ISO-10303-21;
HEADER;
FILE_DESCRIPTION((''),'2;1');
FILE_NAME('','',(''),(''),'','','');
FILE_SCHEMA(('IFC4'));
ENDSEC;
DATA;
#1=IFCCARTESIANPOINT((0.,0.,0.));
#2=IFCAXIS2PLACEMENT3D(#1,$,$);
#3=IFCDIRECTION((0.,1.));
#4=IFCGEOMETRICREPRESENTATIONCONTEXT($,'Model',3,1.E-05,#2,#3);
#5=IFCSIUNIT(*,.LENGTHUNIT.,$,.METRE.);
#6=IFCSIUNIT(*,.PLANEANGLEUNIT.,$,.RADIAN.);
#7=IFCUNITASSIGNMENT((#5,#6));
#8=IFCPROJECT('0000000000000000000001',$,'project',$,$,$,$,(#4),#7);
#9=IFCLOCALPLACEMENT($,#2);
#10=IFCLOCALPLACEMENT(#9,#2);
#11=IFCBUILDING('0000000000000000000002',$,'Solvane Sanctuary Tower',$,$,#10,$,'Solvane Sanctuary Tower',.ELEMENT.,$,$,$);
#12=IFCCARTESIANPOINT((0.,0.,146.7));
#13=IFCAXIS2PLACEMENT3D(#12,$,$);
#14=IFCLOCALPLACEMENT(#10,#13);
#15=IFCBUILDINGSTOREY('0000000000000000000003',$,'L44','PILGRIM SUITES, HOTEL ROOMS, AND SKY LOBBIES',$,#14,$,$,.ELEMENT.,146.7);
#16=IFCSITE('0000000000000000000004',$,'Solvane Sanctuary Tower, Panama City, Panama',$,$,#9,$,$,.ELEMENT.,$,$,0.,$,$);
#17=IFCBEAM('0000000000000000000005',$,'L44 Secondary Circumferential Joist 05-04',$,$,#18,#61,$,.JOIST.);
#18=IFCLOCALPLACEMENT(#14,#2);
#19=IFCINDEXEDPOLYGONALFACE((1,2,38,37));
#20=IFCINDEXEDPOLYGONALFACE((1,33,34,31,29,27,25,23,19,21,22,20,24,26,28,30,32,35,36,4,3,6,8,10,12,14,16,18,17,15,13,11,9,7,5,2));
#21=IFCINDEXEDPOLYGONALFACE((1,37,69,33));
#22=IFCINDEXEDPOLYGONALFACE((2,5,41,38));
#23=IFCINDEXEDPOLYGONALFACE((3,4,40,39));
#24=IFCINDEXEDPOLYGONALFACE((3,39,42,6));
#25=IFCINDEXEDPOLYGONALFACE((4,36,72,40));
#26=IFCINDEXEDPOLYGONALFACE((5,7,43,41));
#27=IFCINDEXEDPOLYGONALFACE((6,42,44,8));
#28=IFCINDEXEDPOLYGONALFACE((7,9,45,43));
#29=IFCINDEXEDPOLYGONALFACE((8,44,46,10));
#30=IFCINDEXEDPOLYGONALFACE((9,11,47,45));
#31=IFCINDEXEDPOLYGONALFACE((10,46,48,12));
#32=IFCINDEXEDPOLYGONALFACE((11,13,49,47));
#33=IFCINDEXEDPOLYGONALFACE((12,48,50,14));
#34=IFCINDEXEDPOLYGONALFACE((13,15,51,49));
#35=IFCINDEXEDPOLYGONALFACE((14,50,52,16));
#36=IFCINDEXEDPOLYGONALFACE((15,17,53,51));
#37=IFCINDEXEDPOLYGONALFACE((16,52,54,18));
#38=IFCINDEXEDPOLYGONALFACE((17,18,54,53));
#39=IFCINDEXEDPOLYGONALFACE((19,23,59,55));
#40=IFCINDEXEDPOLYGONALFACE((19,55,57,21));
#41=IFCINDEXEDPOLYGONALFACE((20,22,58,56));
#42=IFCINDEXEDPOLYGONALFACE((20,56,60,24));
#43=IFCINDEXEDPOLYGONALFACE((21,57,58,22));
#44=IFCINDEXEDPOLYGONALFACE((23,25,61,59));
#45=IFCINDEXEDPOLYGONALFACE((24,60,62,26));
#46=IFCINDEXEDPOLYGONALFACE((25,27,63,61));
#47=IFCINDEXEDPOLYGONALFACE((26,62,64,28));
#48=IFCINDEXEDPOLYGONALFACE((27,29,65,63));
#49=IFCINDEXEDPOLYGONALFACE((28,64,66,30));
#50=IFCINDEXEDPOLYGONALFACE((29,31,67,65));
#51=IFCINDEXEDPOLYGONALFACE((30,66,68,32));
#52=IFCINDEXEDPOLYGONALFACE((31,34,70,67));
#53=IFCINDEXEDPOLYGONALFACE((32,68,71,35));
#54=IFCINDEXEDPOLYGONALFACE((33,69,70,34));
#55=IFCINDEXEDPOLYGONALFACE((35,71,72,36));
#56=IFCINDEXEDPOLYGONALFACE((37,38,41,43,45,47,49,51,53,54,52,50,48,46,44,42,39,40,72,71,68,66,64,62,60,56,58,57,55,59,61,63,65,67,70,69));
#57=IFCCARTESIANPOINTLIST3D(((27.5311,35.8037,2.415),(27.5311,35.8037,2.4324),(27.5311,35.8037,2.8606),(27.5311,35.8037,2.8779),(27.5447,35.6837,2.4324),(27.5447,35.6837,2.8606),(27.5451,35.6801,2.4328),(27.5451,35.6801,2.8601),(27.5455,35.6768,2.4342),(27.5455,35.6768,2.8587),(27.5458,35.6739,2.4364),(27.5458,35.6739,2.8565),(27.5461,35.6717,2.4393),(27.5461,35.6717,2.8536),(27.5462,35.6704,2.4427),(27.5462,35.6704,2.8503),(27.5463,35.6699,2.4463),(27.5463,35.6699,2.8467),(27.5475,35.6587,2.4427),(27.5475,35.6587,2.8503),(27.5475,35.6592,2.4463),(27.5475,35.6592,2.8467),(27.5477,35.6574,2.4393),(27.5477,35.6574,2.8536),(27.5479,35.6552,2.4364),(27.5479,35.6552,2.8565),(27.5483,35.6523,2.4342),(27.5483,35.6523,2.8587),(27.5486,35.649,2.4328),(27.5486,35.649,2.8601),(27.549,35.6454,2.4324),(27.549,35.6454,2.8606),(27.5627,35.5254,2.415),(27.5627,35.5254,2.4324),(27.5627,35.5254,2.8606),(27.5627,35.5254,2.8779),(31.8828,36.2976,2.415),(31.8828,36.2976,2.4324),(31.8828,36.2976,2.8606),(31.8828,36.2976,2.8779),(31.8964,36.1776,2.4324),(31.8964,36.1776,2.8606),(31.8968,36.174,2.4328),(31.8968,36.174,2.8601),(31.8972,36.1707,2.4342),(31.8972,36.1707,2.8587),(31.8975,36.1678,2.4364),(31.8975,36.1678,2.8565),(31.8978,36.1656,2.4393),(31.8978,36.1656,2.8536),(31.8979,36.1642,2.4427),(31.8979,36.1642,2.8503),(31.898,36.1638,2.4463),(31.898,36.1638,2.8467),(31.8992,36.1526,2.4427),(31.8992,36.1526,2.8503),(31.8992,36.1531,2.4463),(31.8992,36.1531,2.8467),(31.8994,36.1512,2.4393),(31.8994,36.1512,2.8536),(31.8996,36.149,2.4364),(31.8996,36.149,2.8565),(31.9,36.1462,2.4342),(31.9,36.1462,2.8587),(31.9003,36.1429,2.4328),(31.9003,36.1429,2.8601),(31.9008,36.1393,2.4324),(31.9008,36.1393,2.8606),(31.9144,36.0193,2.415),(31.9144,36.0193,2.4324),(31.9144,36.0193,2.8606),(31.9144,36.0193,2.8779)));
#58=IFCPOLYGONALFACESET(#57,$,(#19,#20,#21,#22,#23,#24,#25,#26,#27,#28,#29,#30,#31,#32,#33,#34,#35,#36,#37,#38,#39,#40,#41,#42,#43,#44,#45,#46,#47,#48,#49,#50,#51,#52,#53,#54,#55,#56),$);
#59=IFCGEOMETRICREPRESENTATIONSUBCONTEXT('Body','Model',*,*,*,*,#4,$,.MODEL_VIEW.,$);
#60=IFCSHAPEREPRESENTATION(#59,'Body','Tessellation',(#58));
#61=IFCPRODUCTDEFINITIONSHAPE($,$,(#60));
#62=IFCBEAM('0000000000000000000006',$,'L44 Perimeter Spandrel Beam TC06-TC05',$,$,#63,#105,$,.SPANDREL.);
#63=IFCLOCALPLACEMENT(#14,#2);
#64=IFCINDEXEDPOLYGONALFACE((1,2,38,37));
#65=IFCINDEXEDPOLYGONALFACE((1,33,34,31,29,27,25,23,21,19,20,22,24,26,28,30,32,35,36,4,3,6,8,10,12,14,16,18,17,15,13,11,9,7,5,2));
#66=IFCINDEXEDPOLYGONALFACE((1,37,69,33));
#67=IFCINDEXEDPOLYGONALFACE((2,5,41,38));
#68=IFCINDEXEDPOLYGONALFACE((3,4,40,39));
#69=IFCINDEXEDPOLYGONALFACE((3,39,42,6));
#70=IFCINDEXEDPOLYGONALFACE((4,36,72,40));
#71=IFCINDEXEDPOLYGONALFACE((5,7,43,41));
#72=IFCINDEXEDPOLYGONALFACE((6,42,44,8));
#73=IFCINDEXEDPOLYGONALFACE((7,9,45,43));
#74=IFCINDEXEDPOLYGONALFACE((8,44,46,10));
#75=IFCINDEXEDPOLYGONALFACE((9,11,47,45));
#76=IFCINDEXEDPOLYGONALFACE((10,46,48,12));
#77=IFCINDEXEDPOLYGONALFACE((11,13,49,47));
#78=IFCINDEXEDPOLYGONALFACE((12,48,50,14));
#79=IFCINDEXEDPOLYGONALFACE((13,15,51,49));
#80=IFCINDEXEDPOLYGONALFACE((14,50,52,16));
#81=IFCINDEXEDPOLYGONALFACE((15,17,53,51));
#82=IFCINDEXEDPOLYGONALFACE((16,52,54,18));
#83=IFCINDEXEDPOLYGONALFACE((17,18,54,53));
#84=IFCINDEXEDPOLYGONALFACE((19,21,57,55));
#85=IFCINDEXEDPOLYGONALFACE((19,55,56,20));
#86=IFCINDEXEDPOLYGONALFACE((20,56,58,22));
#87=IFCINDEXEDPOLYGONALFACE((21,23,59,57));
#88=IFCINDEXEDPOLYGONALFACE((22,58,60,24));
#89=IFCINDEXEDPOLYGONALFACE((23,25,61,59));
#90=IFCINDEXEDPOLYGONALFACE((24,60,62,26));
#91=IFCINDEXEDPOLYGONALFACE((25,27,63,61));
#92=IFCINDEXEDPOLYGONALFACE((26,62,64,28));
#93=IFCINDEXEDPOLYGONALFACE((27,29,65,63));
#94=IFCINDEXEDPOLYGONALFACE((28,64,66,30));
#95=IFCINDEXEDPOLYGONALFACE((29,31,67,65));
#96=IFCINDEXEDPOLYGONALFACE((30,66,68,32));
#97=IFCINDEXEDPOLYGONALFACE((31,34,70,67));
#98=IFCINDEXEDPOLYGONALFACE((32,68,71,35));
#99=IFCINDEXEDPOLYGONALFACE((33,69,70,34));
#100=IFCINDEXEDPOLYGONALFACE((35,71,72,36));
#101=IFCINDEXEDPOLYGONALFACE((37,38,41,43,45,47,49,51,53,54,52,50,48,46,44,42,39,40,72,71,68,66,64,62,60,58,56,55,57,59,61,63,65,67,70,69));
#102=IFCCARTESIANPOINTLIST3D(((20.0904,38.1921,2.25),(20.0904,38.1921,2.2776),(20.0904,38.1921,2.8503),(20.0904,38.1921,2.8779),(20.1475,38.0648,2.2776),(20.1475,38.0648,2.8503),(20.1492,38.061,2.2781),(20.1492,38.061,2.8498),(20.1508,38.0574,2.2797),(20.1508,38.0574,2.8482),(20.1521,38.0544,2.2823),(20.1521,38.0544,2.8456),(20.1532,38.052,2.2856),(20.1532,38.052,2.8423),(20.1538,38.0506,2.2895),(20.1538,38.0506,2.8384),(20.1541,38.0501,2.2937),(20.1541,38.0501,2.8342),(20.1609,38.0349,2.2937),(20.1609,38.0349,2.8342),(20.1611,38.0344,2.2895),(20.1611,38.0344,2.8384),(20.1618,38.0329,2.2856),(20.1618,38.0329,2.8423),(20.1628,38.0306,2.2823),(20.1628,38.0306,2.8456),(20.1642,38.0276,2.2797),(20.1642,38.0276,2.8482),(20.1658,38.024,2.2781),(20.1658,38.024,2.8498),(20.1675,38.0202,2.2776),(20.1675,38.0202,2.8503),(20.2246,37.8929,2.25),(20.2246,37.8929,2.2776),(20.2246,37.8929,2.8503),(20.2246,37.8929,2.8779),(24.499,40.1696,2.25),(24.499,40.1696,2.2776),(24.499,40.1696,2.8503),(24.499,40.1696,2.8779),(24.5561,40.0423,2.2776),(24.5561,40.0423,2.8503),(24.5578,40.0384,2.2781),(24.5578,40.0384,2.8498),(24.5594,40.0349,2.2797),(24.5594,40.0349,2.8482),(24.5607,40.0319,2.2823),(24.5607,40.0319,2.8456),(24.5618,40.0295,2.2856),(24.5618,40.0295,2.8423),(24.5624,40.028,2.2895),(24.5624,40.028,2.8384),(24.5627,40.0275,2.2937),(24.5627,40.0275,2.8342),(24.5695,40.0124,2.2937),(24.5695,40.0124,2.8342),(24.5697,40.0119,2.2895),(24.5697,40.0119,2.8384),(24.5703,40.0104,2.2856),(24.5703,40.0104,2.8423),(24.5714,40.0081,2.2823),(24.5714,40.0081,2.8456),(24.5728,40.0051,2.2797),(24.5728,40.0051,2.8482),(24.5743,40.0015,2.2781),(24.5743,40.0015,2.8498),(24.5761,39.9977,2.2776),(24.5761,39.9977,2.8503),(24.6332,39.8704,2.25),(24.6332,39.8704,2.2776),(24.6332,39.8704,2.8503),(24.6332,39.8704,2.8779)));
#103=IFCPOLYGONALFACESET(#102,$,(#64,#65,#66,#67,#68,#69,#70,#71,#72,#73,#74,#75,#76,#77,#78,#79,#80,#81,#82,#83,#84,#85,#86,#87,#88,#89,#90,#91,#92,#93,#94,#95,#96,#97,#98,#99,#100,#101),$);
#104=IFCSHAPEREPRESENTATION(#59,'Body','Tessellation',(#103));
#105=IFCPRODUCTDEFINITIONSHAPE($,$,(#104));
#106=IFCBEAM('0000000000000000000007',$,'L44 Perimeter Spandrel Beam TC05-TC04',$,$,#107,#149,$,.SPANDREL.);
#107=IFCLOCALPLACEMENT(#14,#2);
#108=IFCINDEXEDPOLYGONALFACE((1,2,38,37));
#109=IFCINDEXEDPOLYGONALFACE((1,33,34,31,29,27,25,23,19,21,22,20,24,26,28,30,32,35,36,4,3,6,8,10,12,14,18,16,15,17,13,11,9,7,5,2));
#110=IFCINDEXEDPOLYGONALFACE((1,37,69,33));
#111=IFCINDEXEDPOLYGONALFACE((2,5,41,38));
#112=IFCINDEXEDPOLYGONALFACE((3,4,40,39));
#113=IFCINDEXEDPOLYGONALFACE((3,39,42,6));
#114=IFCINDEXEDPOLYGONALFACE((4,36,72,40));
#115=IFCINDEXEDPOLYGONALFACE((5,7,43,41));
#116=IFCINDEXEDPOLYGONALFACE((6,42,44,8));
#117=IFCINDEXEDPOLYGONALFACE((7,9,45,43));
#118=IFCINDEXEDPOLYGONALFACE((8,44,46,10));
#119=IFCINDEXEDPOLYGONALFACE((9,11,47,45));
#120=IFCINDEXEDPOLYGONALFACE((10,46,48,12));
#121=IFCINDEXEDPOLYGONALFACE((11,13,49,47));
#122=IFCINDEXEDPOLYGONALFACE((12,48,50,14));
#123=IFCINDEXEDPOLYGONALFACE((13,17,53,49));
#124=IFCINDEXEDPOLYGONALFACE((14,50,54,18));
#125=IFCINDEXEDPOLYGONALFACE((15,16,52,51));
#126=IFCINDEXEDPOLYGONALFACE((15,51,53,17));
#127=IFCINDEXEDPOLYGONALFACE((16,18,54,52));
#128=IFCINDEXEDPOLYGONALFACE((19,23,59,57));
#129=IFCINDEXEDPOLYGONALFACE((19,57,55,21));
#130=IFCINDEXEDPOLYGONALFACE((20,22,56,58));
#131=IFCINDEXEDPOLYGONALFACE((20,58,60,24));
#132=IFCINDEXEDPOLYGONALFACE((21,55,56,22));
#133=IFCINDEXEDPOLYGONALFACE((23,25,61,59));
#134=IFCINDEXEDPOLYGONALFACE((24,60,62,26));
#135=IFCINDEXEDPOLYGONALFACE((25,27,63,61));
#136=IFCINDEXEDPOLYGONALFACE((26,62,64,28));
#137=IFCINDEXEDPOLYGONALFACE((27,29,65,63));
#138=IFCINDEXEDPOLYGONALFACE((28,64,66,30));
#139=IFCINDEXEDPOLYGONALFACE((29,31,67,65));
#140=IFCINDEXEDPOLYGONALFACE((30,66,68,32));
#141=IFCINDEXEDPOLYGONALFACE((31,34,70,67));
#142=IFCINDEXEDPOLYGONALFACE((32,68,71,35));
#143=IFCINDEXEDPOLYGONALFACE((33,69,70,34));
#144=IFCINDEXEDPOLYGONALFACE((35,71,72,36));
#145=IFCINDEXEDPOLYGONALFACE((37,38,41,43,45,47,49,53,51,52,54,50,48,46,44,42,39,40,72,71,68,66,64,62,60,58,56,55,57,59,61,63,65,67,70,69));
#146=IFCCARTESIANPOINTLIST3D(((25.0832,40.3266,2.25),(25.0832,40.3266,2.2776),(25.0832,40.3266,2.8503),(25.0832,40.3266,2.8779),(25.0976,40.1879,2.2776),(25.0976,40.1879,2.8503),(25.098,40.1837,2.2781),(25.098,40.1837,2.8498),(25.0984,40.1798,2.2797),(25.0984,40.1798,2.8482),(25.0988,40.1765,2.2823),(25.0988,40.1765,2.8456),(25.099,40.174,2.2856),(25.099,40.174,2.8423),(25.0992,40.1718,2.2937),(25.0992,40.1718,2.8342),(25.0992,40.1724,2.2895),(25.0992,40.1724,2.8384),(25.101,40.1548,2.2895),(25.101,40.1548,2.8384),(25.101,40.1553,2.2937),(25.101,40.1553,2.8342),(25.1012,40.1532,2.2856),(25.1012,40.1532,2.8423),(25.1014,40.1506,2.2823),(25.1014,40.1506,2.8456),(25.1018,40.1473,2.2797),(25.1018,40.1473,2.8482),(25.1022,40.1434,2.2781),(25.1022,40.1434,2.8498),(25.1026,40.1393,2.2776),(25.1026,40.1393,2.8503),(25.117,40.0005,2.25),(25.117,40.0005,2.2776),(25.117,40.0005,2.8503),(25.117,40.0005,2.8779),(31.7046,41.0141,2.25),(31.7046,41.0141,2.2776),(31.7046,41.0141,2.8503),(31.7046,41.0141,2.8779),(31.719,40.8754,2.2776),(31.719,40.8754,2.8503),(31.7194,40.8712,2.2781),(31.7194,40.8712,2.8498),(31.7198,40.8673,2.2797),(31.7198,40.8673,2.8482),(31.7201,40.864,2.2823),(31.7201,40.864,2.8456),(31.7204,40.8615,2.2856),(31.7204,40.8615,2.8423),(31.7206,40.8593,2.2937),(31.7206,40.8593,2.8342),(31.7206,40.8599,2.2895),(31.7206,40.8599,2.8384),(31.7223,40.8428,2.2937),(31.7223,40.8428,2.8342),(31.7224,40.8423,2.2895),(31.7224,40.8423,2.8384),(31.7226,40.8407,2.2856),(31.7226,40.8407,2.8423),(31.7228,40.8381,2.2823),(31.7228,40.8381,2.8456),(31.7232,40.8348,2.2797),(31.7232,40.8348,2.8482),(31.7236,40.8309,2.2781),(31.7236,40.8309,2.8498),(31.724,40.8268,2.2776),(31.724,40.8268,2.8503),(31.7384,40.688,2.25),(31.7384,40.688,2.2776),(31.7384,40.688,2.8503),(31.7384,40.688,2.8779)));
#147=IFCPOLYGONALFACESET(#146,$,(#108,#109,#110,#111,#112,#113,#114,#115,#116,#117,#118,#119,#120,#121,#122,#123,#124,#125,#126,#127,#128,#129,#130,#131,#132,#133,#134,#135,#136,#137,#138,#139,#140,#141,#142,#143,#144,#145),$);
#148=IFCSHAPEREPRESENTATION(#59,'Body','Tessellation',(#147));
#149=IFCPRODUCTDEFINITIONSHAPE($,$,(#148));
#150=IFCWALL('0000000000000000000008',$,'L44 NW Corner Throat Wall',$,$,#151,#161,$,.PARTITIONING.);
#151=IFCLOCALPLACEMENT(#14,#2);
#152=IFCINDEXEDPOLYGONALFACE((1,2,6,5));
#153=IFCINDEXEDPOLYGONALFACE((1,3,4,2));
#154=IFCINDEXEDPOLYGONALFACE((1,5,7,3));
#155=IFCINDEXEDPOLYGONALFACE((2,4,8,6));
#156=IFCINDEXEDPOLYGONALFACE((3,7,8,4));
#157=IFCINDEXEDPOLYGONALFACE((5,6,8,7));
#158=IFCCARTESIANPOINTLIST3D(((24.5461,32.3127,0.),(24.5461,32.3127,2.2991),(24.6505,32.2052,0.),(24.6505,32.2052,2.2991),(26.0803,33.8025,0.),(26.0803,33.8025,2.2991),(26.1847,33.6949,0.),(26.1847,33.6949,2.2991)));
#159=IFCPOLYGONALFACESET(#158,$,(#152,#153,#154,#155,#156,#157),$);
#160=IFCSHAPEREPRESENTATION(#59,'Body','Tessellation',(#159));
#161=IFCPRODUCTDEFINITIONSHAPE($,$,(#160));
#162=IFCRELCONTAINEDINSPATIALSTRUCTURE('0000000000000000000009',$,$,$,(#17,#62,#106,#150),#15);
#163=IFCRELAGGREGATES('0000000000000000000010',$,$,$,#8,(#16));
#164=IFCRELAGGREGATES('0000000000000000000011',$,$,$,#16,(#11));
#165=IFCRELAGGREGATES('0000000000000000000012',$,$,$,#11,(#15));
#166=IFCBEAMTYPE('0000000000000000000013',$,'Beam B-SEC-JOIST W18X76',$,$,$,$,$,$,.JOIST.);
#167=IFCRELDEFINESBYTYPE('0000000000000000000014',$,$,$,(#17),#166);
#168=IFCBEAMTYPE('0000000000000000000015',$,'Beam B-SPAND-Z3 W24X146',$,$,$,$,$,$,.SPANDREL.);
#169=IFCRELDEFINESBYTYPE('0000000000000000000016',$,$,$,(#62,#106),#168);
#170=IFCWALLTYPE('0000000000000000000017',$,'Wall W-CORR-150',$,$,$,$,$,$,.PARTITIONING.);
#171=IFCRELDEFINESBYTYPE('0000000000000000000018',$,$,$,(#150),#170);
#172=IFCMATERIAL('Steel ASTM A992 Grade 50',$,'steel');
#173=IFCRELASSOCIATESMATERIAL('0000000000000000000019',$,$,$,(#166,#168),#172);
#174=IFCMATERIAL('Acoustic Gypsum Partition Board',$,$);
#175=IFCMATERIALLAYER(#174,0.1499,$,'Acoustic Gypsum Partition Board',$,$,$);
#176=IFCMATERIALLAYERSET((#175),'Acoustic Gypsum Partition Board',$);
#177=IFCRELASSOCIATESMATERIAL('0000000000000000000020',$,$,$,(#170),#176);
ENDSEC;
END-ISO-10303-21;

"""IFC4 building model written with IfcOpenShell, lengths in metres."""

from ifc_helpers import new_model, si_unit, direction, frame, frame_2d, origin, origin_2d, place, context, subcontext, project, spatial, rectangle, i_section, extrude, material, layer, layer_set, material_profile, profile_set, type_object, element, save


model = new_model("IFC4")

# Units and contexts
model_context = context("Model", 3, precision=1e-05, world=origin(), true_north=direction((0.0, 1.0)))
body_context = subcontext(model_context, "Body", "Model", "MODEL_VIEW")
ifc_project = project(units=[si_unit("LENGTHUNIT", "METRE"), si_unit("PLANEANGLEUNIT", "RADIAN")], contexts=[model_context])

# Site, building, storey
site_placement = place(None, origin())
site = spatial("IfcSite", under=ifc_project, at=site_placement, Name="Solvane Sanctuary Tower, Panama City, Panama", CompositionType="ELEMENT", RefElevation=0.0)
building_placement = place(site_placement, origin())
building = spatial("IfcBuilding", under=site, at=building_placement, Name="Solvane Sanctuary Tower", LongName="Solvane Sanctuary Tower", CompositionType="ELEMENT")
storey_placement = place(building_placement, frame((0.0, 0.0, 146.7)))
storey = spatial("IfcBuildingStorey", under=building, at=storey_placement, Name="L44", Description="PILGRIM SUITES, HOTEL ROOMS, AND SKY LOBBIES", CompositionType="ELEMENT", Elevation=146.7)

# Beams
ifc_material_1 = material(Name="Steel ASTM A992 Grade 50", Category="steel")
ifc_material_profile_1 = material_profile(ifc_material_1, i_section(OverallWidth=0.28, OverallDepth=0.4629, WebThickness=0.0107, FlangeThickness=0.0173, FilletRadius=0.0139, at=origin_2d()), Name="W18X76")
ifc_profile_set_1 = profile_set([ifc_material_profile_1], Name="Steel ASTM A992 Grade 50")
beam_type_1 = type_object("IfcBeamType", Name="Beam B-SEC-JOIST W18X76", PredefinedType="JOIST", material=ifc_profile_set_1)
beam_1_placement = place(storey_placement, frame((27.5469, 35.6646, 2.6465), z_axis=(0.993621, 0.112768, 0.0), x_axis=(-0.112768, 0.993621, 0.0)))
element("IfcBeam", 1, at=beam_1_placement, inside=storey, type_object=beam_type_1, Name="L44 Secondary Circumferential Joist 05-04", PredefinedType="JOIST", context=body_context, shape_type="SweptSolid", body=[
    extrude(i_section(OverallWidth=0.28, OverallDepth=0.4629, WebThickness=0.0107, FlangeThickness=0.0173, FilletRadius=0.0139, at=origin_2d()), origin(), (0.0, 0.0, 1.0), 4.3796),
])
ifc_material_profile_2 = material_profile(ifc_material_1, i_section(OverallWidth=0.3279, OverallDepth=0.6279, WebThickness=0.0166, FlangeThickness=0.0276, FilletRadius=0.0161, at=origin_2d()), Name="W24X146")
ifc_profile_set_2 = profile_set([ifc_material_profile_2], Name="Steel ASTM A992 Grade 50")
beam_type_2 = type_object("IfcBeamType", Name="Beam B-SPAND-Z3 W24X146", PredefinedType="SPANDREL", material=ifc_profile_set_2)
beam_2_placement = place(storey_placement, frame((20.1575, 38.0425, 2.564), z_axis=(0.912414, 0.409268, 0.0), x_axis=(-0.409268, 0.912414, 0.0)))
element("IfcBeam", 2, at=beam_2_placement, inside=storey, type_object=beam_type_2, Name="L44 Perimeter Spandrel Beam TC06-TC05", PredefinedType="SPANDREL", context=body_context, shape_type="SweptSolid", body=[
    extrude(i_section(OverallWidth=0.3279, OverallDepth=0.6279, WebThickness=0.0166, FlangeThickness=0.0276, FilletRadius=0.0161, at=origin_2d()), origin(), (0.0, 0.0, 1.0), 4.8318),
])
beam_3_placement = place(storey_placement, frame((25.1001, 40.1636, 2.564), z_axis=(0.994653, 0.103276, 0.0), x_axis=(-0.103276, 0.994653, 0.0)))
element("IfcBeam", 3, at=beam_3_placement, inside=storey, type_object=beam_type_2, Name="L44 Perimeter Spandrel Beam TC05-TC04", PredefinedType="SPANDREL", context=body_context, shape_type="SweptSolid", body=[
    extrude(i_section(OverallWidth=0.3279, OverallDepth=0.6279, WebThickness=0.0166, FlangeThickness=0.0276, FilletRadius=0.0161, at=origin_2d()), origin(), (0.0, 0.0, 1.0), 6.657),
])

# Wall
ifc_material_2 = material(Name="Acoustic Gypsum Partition Board")
ifc_layer_1 = layer(ifc_material_2, 0.1499, Name="Acoustic Gypsum Partition Board")
ifc_layer_set_1 = layer_set([ifc_layer_1], Name="Acoustic Gypsum Partition Board")
wall_type_1 = type_object("IfcWallType", Name="Wall W-CORR-150", PredefinedType="PARTITIONING", material=ifc_layer_set_1)
wall_1_placement = place(storey_placement, frame((26.1326, 33.7488, 0.0), z_axis=(0.0, 0.0, 1.0), x_axis=(-0.71742, -0.696641, 0.0)))
element("IfcWall", 4, at=wall_1_placement, inside=storey, type_object=wall_type_1, Name="L44 NW Corner Throat Wall", PredefinedType="PARTITIONING", context=body_context, shape_type="SweptSolid", body=[
    extrude(rectangle(XDim=2.1384, YDim=0.1499, at=frame_2d((1.0693, 0.0))), origin(), (0.0, 0.0, 1.0), 2.2991),
])

save(model, "model.ifc")
